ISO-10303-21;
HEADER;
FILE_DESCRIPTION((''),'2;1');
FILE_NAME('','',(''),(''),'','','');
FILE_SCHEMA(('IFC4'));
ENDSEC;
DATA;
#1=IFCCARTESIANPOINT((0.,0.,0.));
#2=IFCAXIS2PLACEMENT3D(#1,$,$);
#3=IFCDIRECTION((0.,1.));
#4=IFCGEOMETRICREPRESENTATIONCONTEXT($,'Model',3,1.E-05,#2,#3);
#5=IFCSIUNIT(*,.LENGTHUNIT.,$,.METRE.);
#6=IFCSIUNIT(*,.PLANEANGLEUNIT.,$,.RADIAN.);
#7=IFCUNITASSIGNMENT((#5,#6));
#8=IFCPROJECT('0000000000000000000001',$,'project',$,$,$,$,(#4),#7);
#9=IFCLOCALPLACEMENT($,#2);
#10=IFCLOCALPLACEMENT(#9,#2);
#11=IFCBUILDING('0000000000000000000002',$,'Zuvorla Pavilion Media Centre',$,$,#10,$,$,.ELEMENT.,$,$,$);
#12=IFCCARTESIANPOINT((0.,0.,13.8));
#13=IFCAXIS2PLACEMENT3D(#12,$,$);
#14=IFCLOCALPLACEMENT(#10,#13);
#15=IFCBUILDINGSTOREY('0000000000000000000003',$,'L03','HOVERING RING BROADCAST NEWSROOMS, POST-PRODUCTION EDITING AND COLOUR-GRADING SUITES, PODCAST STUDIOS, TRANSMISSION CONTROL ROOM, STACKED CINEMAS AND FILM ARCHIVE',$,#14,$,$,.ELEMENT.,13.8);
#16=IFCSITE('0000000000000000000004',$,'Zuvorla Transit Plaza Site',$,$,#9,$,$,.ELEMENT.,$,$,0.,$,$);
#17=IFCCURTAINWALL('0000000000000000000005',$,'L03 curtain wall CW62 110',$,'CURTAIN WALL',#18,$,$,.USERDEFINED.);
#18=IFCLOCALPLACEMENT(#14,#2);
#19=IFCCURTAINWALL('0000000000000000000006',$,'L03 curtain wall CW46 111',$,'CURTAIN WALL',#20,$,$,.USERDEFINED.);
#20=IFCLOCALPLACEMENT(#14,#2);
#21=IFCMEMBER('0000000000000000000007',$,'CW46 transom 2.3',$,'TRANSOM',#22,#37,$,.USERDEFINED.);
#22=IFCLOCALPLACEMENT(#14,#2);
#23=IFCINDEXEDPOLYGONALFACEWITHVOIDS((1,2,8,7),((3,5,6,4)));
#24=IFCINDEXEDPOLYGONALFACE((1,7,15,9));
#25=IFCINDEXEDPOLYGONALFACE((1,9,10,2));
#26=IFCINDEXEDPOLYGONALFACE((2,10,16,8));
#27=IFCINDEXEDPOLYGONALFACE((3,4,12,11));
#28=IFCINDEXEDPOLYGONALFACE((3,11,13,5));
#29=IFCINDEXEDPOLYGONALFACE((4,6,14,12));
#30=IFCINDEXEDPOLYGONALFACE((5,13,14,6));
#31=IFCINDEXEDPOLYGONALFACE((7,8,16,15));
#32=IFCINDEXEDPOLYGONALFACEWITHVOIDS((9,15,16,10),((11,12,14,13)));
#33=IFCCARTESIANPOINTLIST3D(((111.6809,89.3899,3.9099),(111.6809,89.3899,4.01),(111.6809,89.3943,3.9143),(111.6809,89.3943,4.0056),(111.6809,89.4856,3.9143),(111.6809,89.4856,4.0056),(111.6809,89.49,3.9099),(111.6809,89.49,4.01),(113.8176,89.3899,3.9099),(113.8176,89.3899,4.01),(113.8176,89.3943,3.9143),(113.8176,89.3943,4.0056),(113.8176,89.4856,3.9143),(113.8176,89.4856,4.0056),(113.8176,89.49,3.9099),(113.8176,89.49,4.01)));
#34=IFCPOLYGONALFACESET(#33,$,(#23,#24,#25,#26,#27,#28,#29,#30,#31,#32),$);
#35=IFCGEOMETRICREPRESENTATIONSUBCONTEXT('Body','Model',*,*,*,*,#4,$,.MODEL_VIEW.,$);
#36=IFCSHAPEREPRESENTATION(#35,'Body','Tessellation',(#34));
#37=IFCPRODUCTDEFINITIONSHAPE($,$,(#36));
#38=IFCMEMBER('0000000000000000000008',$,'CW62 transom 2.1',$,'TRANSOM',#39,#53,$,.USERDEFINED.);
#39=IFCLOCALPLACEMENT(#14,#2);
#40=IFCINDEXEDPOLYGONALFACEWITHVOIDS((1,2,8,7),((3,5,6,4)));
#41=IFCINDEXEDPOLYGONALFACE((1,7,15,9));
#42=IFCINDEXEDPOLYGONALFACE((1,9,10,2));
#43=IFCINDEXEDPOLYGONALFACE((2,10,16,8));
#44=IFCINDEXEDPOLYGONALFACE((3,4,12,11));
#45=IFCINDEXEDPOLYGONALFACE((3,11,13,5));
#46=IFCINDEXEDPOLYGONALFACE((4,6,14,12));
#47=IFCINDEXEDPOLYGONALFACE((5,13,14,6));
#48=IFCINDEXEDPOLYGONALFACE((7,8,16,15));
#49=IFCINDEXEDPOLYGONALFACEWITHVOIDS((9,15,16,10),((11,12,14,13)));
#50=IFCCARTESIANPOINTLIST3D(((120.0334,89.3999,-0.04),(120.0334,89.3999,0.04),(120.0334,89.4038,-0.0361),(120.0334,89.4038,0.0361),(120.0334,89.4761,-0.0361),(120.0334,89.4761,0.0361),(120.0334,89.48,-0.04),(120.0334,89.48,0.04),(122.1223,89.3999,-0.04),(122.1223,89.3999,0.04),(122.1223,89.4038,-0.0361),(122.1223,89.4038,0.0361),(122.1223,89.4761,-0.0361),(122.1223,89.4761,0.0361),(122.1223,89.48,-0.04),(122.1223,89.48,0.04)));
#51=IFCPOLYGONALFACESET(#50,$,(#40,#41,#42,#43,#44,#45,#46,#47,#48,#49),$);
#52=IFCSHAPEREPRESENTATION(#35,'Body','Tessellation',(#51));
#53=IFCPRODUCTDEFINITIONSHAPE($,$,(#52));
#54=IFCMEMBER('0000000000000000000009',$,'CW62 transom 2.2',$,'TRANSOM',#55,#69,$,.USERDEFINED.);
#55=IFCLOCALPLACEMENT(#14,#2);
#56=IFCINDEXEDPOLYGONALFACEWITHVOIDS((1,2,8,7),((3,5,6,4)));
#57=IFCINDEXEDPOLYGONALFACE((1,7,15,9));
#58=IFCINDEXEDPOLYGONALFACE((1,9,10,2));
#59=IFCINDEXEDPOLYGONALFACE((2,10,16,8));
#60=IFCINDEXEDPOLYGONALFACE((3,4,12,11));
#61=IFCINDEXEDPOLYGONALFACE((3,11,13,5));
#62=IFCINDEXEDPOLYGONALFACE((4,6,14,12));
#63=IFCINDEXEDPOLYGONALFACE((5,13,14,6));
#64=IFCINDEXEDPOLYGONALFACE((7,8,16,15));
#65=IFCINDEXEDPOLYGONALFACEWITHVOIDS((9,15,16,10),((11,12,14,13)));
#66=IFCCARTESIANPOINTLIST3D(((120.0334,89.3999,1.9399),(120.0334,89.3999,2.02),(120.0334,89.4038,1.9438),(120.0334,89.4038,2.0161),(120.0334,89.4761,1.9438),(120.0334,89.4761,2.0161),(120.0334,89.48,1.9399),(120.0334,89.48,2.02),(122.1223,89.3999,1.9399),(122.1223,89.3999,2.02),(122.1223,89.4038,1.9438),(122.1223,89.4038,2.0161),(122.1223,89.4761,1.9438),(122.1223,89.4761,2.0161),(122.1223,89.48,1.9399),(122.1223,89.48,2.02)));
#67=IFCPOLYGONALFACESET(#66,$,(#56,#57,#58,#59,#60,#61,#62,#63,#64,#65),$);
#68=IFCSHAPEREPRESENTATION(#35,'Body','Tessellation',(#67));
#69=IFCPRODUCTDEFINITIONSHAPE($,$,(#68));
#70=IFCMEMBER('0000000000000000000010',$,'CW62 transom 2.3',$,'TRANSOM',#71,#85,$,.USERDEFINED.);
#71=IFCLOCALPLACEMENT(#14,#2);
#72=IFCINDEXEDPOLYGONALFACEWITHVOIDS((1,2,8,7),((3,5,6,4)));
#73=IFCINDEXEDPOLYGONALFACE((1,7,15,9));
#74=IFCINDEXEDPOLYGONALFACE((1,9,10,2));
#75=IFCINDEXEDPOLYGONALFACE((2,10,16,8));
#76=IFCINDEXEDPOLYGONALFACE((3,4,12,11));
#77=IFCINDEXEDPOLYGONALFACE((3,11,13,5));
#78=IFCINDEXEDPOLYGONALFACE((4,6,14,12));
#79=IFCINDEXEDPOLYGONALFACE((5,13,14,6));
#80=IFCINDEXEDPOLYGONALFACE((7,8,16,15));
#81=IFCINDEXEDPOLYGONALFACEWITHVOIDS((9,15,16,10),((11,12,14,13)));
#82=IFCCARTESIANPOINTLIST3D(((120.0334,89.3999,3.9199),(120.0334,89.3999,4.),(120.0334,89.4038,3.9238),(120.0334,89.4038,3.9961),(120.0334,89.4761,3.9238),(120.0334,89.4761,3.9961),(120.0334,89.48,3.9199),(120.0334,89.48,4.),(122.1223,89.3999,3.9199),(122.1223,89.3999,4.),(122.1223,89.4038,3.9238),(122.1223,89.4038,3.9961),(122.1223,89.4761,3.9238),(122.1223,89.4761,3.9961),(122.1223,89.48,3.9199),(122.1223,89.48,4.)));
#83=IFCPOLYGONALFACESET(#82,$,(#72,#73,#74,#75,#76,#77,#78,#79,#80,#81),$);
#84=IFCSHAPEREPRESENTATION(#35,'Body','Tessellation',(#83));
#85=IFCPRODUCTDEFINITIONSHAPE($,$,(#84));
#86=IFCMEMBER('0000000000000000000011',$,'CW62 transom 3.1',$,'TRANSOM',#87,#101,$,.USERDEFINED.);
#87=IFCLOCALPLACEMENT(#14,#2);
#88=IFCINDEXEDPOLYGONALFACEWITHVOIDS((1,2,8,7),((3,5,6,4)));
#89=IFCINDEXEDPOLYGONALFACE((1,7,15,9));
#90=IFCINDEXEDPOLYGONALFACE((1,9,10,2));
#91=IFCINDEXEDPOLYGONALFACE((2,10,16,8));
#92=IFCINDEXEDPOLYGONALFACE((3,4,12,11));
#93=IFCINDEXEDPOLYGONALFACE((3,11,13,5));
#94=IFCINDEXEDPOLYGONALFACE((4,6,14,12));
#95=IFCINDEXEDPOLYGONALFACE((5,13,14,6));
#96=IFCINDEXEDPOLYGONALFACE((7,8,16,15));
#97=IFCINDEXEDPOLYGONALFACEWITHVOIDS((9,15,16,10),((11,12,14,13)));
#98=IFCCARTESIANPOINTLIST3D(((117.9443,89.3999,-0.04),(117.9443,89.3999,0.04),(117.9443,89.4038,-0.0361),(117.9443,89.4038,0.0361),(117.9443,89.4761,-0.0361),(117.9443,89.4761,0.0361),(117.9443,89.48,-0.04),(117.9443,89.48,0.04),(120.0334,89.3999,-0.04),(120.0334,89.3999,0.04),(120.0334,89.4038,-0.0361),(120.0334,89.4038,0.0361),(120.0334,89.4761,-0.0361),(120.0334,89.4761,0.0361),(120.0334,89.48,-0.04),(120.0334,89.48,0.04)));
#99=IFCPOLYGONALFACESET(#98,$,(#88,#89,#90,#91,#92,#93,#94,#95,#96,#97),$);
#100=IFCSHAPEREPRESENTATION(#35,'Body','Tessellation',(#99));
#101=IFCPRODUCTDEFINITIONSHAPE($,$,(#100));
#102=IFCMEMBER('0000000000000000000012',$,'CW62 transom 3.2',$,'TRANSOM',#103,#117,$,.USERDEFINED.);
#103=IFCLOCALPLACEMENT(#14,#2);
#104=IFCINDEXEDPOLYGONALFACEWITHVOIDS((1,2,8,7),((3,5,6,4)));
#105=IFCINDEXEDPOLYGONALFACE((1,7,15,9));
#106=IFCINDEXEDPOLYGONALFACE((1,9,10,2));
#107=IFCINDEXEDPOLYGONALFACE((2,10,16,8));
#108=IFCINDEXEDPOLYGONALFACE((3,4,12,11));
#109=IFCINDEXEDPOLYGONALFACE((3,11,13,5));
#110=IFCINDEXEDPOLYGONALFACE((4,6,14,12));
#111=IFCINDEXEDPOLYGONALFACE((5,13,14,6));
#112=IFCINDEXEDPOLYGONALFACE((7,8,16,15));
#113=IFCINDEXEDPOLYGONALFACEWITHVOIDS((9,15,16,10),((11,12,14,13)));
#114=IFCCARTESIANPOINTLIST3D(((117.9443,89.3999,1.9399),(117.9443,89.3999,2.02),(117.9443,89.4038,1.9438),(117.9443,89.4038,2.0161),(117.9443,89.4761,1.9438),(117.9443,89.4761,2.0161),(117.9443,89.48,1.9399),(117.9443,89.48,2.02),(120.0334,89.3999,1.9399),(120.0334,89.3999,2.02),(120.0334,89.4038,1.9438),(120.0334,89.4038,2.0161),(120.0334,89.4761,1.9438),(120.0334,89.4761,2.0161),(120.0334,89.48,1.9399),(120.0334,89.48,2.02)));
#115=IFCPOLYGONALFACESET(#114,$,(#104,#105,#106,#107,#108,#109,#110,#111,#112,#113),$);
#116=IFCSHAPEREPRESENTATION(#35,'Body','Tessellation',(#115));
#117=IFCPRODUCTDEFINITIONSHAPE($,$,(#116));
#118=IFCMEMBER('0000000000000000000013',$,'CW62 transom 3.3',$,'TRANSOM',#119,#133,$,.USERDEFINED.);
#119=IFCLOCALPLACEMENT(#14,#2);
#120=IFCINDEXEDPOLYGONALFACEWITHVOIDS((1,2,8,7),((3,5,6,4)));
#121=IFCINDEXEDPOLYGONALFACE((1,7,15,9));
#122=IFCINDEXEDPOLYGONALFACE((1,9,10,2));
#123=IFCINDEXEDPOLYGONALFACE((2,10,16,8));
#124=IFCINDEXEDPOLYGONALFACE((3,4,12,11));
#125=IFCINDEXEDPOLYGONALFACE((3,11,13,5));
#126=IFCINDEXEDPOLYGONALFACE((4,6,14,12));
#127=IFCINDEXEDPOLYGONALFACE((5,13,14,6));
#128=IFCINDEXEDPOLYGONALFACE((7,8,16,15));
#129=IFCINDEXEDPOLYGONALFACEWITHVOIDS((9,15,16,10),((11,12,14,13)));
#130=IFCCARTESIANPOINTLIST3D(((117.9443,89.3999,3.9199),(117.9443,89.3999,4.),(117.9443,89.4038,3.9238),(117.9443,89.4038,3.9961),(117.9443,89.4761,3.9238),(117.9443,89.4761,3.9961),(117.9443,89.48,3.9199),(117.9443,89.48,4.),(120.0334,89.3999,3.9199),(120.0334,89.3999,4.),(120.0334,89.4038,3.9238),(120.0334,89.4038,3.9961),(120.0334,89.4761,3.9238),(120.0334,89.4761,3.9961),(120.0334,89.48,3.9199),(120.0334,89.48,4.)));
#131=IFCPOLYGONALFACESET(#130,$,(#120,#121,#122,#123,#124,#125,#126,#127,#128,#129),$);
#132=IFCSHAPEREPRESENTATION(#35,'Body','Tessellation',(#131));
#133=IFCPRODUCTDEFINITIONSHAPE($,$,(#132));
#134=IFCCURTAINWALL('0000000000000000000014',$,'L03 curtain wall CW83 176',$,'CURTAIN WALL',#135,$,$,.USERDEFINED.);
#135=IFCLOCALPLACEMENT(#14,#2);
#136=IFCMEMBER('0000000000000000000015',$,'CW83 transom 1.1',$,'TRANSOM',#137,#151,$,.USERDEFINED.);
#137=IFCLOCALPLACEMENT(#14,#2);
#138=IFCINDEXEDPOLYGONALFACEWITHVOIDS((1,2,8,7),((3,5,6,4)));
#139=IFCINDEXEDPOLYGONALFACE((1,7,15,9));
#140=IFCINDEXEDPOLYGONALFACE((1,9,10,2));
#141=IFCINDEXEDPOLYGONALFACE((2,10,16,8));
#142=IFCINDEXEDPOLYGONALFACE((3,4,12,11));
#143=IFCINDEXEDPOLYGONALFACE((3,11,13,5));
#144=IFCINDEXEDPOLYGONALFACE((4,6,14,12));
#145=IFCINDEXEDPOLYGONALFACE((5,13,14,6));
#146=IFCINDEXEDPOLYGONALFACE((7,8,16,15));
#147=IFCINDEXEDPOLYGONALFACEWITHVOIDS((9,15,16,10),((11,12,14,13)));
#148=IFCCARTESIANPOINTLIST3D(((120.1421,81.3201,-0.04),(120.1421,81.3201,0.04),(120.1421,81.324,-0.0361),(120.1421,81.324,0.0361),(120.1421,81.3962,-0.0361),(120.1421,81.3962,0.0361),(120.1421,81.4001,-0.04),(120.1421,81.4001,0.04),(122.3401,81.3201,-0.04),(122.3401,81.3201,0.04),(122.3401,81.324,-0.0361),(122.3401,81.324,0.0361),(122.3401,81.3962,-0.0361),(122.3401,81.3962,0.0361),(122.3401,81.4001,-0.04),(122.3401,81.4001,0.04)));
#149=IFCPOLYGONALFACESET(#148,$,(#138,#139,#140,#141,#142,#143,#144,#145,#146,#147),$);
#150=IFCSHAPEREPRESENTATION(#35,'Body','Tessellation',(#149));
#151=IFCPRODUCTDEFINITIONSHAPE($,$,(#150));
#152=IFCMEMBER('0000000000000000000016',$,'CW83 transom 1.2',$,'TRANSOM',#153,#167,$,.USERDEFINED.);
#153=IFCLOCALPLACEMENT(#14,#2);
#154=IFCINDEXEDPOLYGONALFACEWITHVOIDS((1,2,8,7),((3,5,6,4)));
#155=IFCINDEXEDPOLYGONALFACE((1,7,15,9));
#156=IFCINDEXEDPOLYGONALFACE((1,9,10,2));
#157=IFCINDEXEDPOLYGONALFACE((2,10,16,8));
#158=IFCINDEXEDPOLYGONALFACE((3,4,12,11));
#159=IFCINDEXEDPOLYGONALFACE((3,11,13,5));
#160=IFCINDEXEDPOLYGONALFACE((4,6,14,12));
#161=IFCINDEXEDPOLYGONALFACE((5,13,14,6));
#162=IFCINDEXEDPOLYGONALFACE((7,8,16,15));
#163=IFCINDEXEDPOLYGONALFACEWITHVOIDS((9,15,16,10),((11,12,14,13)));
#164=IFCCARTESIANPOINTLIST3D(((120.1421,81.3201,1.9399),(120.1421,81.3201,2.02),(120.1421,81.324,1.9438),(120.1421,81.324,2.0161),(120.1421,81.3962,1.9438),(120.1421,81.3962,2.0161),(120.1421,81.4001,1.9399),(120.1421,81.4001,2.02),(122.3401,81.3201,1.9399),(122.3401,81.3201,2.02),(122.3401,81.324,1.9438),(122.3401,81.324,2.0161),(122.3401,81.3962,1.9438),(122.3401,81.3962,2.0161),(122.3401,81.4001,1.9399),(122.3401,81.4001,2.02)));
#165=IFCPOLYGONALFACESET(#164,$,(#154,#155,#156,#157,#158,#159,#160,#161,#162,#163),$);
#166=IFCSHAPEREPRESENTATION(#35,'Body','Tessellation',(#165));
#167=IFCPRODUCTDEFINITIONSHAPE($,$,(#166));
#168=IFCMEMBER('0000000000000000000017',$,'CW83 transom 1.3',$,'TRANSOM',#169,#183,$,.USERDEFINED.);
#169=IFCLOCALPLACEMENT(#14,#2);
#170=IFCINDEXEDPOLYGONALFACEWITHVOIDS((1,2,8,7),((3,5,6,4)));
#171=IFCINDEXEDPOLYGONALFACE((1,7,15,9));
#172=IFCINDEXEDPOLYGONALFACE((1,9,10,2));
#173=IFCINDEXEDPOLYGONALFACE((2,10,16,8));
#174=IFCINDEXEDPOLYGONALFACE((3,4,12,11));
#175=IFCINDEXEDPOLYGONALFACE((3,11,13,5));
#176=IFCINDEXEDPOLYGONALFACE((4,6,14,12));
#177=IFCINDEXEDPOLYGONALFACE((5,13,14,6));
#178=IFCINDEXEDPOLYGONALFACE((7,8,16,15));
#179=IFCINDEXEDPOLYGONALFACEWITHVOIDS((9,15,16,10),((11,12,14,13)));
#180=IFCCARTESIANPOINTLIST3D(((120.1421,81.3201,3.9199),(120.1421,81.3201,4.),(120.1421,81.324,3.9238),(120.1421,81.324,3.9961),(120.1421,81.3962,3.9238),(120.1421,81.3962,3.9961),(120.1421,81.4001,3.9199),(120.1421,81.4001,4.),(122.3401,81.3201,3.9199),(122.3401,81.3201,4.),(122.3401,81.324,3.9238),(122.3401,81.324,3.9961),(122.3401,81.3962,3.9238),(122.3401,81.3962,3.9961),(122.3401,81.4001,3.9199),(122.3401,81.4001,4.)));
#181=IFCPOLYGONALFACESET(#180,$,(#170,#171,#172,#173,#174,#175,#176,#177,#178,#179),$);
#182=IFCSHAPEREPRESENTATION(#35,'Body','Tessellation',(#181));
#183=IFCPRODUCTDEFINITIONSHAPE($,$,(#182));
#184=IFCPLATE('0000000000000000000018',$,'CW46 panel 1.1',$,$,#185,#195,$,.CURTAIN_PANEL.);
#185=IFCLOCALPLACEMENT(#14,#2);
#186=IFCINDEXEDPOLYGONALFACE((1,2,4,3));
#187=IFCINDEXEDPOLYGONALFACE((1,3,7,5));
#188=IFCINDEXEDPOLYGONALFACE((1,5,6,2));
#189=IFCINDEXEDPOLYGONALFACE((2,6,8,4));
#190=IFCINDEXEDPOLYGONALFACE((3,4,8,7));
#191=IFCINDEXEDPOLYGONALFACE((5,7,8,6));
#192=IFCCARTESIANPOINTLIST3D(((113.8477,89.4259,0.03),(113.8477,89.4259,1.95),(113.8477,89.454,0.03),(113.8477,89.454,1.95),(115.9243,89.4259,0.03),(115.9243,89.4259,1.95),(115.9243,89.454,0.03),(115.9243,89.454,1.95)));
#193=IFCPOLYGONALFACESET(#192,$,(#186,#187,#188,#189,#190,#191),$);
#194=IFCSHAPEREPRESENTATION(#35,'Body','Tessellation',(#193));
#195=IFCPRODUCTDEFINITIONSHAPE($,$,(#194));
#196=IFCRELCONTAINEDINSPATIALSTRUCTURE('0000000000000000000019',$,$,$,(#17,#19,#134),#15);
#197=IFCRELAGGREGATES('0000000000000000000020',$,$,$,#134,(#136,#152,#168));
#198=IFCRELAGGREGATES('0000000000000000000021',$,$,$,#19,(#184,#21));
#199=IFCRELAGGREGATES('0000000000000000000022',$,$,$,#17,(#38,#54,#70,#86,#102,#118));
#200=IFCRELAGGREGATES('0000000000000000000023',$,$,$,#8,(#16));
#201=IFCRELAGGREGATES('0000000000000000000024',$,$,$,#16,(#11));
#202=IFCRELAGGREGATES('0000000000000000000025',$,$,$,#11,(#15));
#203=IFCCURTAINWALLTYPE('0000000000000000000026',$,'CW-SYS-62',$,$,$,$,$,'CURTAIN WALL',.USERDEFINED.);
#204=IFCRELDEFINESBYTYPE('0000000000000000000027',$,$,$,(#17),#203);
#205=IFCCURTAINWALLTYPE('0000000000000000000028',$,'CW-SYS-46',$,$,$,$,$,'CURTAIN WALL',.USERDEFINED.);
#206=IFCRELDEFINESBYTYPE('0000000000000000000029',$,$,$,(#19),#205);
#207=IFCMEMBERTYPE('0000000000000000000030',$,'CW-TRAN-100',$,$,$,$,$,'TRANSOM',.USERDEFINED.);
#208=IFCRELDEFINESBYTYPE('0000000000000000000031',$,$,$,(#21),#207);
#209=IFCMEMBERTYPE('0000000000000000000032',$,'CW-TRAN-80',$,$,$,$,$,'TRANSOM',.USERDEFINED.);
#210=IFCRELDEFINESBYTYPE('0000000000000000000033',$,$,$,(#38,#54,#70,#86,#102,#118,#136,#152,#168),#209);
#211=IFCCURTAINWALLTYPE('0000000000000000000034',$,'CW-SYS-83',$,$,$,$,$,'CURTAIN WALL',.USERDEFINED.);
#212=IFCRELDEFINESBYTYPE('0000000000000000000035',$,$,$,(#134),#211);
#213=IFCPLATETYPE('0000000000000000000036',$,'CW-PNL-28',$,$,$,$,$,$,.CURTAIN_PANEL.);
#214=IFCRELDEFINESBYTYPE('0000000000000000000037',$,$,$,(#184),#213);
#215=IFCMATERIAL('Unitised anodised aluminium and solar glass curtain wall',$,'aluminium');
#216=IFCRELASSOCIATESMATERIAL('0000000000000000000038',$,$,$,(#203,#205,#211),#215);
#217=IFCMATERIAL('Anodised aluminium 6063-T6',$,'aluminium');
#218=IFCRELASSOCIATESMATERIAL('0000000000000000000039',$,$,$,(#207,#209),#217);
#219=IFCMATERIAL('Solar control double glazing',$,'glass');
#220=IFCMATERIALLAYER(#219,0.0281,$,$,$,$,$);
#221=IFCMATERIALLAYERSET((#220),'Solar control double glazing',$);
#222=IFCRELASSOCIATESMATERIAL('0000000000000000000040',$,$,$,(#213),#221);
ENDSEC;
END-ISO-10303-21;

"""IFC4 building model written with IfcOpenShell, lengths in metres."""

from ifc_helpers import new_model, si_unit, direction, frame, origin, origin_2d, place, context, subcontext, project, spatial, rectangle, hollow_rectangle, extrude, material, layer, layer_set, material_profile, profile_set, type_object, element, aggregate, save


model = new_model("IFC4")

# Units and contexts
model_context = context("Model", 3, precision=1e-05, world=origin(), true_north=direction((0.0, 1.0)))
body_context = subcontext(model_context, "Body", "Model", "MODEL_VIEW")
ifc_project = project(units=[si_unit("LENGTHUNIT", "METRE"), si_unit("PLANEANGLEUNIT", "RADIAN")], contexts=[model_context])

# Site, building, storey
site_placement = place(None, origin())
site = spatial("IfcSite", under=ifc_project, at=site_placement, Name="Zuvorla Transit Plaza Site", CompositionType="ELEMENT", RefElevation=0.0)
building_placement = place(site_placement, origin())
building = spatial("IfcBuilding", under=site, at=building_placement, Name="Zuvorla Pavilion Media Centre", CompositionType="ELEMENT")
storey_placement = place(building_placement, frame((0.0, 0.0, 13.8)))
storey = spatial("IfcBuildingStorey", under=building, at=storey_placement, Name="L03", Description="HOVERING RING BROADCAST NEWSROOMS, POST-PRODUCTION EDITING AND COLOUR-GRADING SUITES, PODCAST STUDIOS, TRANSMISSION CONTROL ROOM, STACKED CINEMAS AND FILM ARCHIVE", CompositionType="ELEMENT", Elevation=13.8)

# Curtain walls
ifc_material_1 = material(Name="Unitised anodised aluminium and solar glass curtain wall", Category="aluminium")
curtain_wall_type_1 = type_object("IfcCurtainWallType", Name="CW-SYS-62", ElementType="CURTAIN WALL", PredefinedType="USERDEFINED", material=ifc_material_1)
curtain_wall_1_placement = place(storey_placement, origin())
curtain_wall_1 = element("IfcCurtainWall", 1, at=curtain_wall_1_placement, inside=storey, type_object=curtain_wall_type_1, Name="L03 curtain wall CW62 110", ObjectType="CURTAIN WALL", PredefinedType="USERDEFINED")
ifc_material_2 = material(Name="Anodised aluminium 6063-T6", Category="aluminium")
curtain_wall_type_2 = type_object("IfcCurtainWallType", Name="CW-SYS-46", ElementType="CURTAIN WALL", PredefinedType="USERDEFINED", material=ifc_material_1)
curtain_wall_2_placement = place(storey_placement, origin())
curtain_wall_2 = element("IfcCurtainWall", 2, at=curtain_wall_2_placement, inside=storey, type_object=curtain_wall_type_2, Name="L03 curtain wall CW46 111", ObjectType="CURTAIN WALL", PredefinedType="USERDEFINED")

# Members
ifc_material_profile_1 = material_profile(ifc_material_2, hollow_rectangle(XDim=0.1001, YDim=0.1001, WallThickness=0.0044, at=origin_2d()), Name="ALU TRAN 100x100")
ifc_profile_set_1 = profile_set([ifc_material_profile_1], Name="Anodised aluminium 6063-T6")
member_type_1 = type_object("IfcMemberType", Name="CW-TRAN-100", ElementType="TRANSOM", PredefinedType="USERDEFINED", material=ifc_profile_set_1)
member_1_placement = place(storey_placement, frame((113.8176, 89.4399, 3.96), z_axis=(-1.0, 0.0, 0.0), x_axis=(0.0, -1.0, 0.0)))
member_1 = element("IfcMember", 3, at=member_1_placement, type_object=member_type_1, Name="CW46 transom 2.3", ObjectType="TRANSOM", PredefinedType="USERDEFINED", context=body_context, shape_type="SweptSolid", body=[
    extrude(hollow_rectangle(XDim=0.1001, YDim=0.1001, WallThickness=0.0044, at=origin_2d()), origin(), (0.0, 0.0, 1.0), 2.1367),
])
ifc_material_profile_2 = material_profile(ifc_material_2, hollow_rectangle(XDim=0.0801, YDim=0.0801, WallThickness=0.0039, at=origin_2d()), Name="ALU TRAN 80x80")
ifc_profile_set_2 = profile_set([ifc_material_profile_2], Name="Anodised aluminium 6063-T6")
member_type_2 = type_object("IfcMemberType", Name="CW-TRAN-80", ElementType="TRANSOM", PredefinedType="USERDEFINED", material=ifc_profile_set_2)
member_2_placement = place(storey_placement, frame((122.1223, 89.4399, 0.0), z_axis=(-1.0, 0.0, 0.0), x_axis=(0.0, -1.0, 0.0)))
member_2 = element("IfcMember", 4, at=member_2_placement, type_object=member_type_2, Name="CW62 transom 2.1", ObjectType="TRANSOM", PredefinedType="USERDEFINED", context=body_context, shape_type="SweptSolid", body=[
    extrude(hollow_rectangle(XDim=0.0801, YDim=0.0801, WallThickness=0.0039, at=origin_2d()), origin(), (0.0, 0.0, 1.0), 2.0889),
])
member_3_placement = place(storey_placement, frame((122.1223, 89.4399, 1.98), z_axis=(-1.0, 0.0, 0.0), x_axis=(0.0, -1.0, 0.0)))
member_3 = element("IfcMember", 5, at=member_3_placement, type_object=member_type_2, Name="CW62 transom 2.2", ObjectType="TRANSOM", PredefinedType="USERDEFINED", context=body_context, shape_type="SweptSolid", body=[
    extrude(hollow_rectangle(XDim=0.0801, YDim=0.0801, WallThickness=0.0039, at=origin_2d()), origin(), (0.0, 0.0, 1.0), 2.0889),
])
member_4_placement = place(storey_placement, frame((122.1223, 89.4399, 3.96), z_axis=(-1.0, 0.0, 0.0), x_axis=(0.0, -1.0, 0.0)))
member_4 = element("IfcMember", 6, at=member_4_placement, type_object=member_type_2, Name="CW62 transom 2.3", ObjectType="TRANSOM", PredefinedType="USERDEFINED", context=body_context, shape_type="SweptSolid", body=[
    extrude(hollow_rectangle(XDim=0.0801, YDim=0.0801, WallThickness=0.0039, at=origin_2d()), origin(), (0.0, 0.0, 1.0), 2.0889),
])
member_5_placement = place(storey_placement, frame((120.0334, 89.4399, 0.0), z_axis=(-1.0, 0.0, 0.0), x_axis=(0.0, -1.0, 0.0)))
member_5 = element("IfcMember", 7, at=member_5_placement, type_object=member_type_2, Name="CW62 transom 3.1", ObjectType="TRANSOM", PredefinedType="USERDEFINED", context=body_context, shape_type="SweptSolid", body=[
    extrude(hollow_rectangle(XDim=0.0801, YDim=0.0801, WallThickness=0.0039, at=origin_2d()), origin(), (0.0, 0.0, 1.0), 2.0891),
])
member_6_placement = place(storey_placement, frame((120.0334, 89.4399, 1.98), z_axis=(-1.0, 0.0, 0.0), x_axis=(0.0, -1.0, 0.0)))
member_6 = element("IfcMember", 8, at=member_6_placement, type_object=member_type_2, Name="CW62 transom 3.2", ObjectType="TRANSOM", PredefinedType="USERDEFINED", context=body_context, shape_type="SweptSolid", body=[
    extrude(hollow_rectangle(XDim=0.0801, YDim=0.0801, WallThickness=0.0039, at=origin_2d()), origin(), (0.0, 0.0, 1.0), 2.0891),
])
member_7_placement = place(storey_placement, frame((120.0334, 89.4399, 3.96), z_axis=(-1.0, 0.0, 0.0), x_axis=(0.0, -1.0, 0.0)))
member_7 = element("IfcMember", 9, at=member_7_placement, type_object=member_type_2, Name="CW62 transom 3.3", ObjectType="TRANSOM", PredefinedType="USERDEFINED", context=body_context, shape_type="SweptSolid", body=[
    extrude(hollow_rectangle(XDim=0.0801, YDim=0.0801, WallThickness=0.0039, at=origin_2d()), origin(), (0.0, 0.0, 1.0), 2.0891),
])

# Curtain wall, members
curtain_wall_type_3 = type_object("IfcCurtainWallType", Name="CW-SYS-83", ElementType="CURTAIN WALL", PredefinedType="USERDEFINED", material=ifc_material_1)
curtain_wall_3_placement = place(storey_placement, origin())
curtain_wall_3 = element("IfcCurtainWall", 10, at=curtain_wall_3_placement, inside=storey, type_object=curtain_wall_type_3, Name="L03 curtain wall CW83 176", ObjectType="CURTAIN WALL", PredefinedType="USERDEFINED")
member_8_placement = place(storey_placement, frame((122.3401, 81.3601, 0.0), z_axis=(-1.0, 0.0, 0.0), x_axis=(0.0, -1.0, 0.0)))
member_8 = element("IfcMember", 11, at=member_8_placement, type_object=member_type_2, Name="CW83 transom 1.1", ObjectType="TRANSOM", PredefinedType="USERDEFINED", context=body_context, shape_type="SweptSolid", body=[
    extrude(hollow_rectangle(XDim=0.0801, YDim=0.0801, WallThickness=0.0039, at=origin_2d()), origin(), (0.0, 0.0, 1.0), 2.198),
])
member_9_placement = place(storey_placement, frame((122.3401, 81.3601, 1.98), z_axis=(-1.0, 0.0, 0.0), x_axis=(0.0, -1.0, 0.0)))
member_9 = element("IfcMember", 12, at=member_9_placement, type_object=member_type_2, Name="CW83 transom 1.2", ObjectType="TRANSOM", PredefinedType="USERDEFINED", context=body_context, shape_type="SweptSolid", body=[
    extrude(hollow_rectangle(XDim=0.0801, YDim=0.0801, WallThickness=0.0039, at=origin_2d()), origin(), (0.0, 0.0, 1.0), 2.198),
])
member_10_placement = place(storey_placement, frame((122.3401, 81.3601, 3.96), z_axis=(-1.0, 0.0, 0.0), x_axis=(0.0, -1.0, 0.0)))
member_10 = element("IfcMember", 13, at=member_10_placement, type_object=member_type_2, Name="CW83 transom 1.3", ObjectType="TRANSOM", PredefinedType="USERDEFINED", context=body_context, shape_type="SweptSolid", body=[
    extrude(hollow_rectangle(XDim=0.0801, YDim=0.0801, WallThickness=0.0039, at=origin_2d()), origin(), (0.0, 0.0, 1.0), 2.198),
])
aggregate(curtain_wall_3, [member_8, member_9, member_10])

# Plate
ifc_material_3 = material(Name="Solar control double glazing", Category="glass")
ifc_layer_1 = layer(ifc_material_3, 0.0281)
ifc_layer_set_1 = layer_set([ifc_layer_1], Name="Solar control double glazing")
plate_type_1 = type_object("IfcPlateType", Name="CW-PNL-28", PredefinedType="CURTAIN_PANEL", material=ifc_layer_set_1)
plate_1_placement = place(storey_placement, frame((114.886, 89.4399, 0.03), z_axis=(0.0, 0.0, 1.0), x_axis=(-1.0, 0.0, 0.0)))
plate_1 = element("IfcPlate", 14, at=plate_1_placement, type_object=plate_type_1, Name="CW46 panel 1.1", PredefinedType="CURTAIN_PANEL", context=body_context, shape_type="SweptSolid", body=[
    extrude(rectangle(XDim=2.0767, YDim=0.0281, at=origin_2d()), origin(), (0.0, 0.0, 1.0), 1.9199),
])
aggregate(curtain_wall_2, [plate_1, member_1])
aggregate(curtain_wall_1, [member_2, member_3, member_4, member_5, member_6, member_7])

save(model, "model.ifc")
